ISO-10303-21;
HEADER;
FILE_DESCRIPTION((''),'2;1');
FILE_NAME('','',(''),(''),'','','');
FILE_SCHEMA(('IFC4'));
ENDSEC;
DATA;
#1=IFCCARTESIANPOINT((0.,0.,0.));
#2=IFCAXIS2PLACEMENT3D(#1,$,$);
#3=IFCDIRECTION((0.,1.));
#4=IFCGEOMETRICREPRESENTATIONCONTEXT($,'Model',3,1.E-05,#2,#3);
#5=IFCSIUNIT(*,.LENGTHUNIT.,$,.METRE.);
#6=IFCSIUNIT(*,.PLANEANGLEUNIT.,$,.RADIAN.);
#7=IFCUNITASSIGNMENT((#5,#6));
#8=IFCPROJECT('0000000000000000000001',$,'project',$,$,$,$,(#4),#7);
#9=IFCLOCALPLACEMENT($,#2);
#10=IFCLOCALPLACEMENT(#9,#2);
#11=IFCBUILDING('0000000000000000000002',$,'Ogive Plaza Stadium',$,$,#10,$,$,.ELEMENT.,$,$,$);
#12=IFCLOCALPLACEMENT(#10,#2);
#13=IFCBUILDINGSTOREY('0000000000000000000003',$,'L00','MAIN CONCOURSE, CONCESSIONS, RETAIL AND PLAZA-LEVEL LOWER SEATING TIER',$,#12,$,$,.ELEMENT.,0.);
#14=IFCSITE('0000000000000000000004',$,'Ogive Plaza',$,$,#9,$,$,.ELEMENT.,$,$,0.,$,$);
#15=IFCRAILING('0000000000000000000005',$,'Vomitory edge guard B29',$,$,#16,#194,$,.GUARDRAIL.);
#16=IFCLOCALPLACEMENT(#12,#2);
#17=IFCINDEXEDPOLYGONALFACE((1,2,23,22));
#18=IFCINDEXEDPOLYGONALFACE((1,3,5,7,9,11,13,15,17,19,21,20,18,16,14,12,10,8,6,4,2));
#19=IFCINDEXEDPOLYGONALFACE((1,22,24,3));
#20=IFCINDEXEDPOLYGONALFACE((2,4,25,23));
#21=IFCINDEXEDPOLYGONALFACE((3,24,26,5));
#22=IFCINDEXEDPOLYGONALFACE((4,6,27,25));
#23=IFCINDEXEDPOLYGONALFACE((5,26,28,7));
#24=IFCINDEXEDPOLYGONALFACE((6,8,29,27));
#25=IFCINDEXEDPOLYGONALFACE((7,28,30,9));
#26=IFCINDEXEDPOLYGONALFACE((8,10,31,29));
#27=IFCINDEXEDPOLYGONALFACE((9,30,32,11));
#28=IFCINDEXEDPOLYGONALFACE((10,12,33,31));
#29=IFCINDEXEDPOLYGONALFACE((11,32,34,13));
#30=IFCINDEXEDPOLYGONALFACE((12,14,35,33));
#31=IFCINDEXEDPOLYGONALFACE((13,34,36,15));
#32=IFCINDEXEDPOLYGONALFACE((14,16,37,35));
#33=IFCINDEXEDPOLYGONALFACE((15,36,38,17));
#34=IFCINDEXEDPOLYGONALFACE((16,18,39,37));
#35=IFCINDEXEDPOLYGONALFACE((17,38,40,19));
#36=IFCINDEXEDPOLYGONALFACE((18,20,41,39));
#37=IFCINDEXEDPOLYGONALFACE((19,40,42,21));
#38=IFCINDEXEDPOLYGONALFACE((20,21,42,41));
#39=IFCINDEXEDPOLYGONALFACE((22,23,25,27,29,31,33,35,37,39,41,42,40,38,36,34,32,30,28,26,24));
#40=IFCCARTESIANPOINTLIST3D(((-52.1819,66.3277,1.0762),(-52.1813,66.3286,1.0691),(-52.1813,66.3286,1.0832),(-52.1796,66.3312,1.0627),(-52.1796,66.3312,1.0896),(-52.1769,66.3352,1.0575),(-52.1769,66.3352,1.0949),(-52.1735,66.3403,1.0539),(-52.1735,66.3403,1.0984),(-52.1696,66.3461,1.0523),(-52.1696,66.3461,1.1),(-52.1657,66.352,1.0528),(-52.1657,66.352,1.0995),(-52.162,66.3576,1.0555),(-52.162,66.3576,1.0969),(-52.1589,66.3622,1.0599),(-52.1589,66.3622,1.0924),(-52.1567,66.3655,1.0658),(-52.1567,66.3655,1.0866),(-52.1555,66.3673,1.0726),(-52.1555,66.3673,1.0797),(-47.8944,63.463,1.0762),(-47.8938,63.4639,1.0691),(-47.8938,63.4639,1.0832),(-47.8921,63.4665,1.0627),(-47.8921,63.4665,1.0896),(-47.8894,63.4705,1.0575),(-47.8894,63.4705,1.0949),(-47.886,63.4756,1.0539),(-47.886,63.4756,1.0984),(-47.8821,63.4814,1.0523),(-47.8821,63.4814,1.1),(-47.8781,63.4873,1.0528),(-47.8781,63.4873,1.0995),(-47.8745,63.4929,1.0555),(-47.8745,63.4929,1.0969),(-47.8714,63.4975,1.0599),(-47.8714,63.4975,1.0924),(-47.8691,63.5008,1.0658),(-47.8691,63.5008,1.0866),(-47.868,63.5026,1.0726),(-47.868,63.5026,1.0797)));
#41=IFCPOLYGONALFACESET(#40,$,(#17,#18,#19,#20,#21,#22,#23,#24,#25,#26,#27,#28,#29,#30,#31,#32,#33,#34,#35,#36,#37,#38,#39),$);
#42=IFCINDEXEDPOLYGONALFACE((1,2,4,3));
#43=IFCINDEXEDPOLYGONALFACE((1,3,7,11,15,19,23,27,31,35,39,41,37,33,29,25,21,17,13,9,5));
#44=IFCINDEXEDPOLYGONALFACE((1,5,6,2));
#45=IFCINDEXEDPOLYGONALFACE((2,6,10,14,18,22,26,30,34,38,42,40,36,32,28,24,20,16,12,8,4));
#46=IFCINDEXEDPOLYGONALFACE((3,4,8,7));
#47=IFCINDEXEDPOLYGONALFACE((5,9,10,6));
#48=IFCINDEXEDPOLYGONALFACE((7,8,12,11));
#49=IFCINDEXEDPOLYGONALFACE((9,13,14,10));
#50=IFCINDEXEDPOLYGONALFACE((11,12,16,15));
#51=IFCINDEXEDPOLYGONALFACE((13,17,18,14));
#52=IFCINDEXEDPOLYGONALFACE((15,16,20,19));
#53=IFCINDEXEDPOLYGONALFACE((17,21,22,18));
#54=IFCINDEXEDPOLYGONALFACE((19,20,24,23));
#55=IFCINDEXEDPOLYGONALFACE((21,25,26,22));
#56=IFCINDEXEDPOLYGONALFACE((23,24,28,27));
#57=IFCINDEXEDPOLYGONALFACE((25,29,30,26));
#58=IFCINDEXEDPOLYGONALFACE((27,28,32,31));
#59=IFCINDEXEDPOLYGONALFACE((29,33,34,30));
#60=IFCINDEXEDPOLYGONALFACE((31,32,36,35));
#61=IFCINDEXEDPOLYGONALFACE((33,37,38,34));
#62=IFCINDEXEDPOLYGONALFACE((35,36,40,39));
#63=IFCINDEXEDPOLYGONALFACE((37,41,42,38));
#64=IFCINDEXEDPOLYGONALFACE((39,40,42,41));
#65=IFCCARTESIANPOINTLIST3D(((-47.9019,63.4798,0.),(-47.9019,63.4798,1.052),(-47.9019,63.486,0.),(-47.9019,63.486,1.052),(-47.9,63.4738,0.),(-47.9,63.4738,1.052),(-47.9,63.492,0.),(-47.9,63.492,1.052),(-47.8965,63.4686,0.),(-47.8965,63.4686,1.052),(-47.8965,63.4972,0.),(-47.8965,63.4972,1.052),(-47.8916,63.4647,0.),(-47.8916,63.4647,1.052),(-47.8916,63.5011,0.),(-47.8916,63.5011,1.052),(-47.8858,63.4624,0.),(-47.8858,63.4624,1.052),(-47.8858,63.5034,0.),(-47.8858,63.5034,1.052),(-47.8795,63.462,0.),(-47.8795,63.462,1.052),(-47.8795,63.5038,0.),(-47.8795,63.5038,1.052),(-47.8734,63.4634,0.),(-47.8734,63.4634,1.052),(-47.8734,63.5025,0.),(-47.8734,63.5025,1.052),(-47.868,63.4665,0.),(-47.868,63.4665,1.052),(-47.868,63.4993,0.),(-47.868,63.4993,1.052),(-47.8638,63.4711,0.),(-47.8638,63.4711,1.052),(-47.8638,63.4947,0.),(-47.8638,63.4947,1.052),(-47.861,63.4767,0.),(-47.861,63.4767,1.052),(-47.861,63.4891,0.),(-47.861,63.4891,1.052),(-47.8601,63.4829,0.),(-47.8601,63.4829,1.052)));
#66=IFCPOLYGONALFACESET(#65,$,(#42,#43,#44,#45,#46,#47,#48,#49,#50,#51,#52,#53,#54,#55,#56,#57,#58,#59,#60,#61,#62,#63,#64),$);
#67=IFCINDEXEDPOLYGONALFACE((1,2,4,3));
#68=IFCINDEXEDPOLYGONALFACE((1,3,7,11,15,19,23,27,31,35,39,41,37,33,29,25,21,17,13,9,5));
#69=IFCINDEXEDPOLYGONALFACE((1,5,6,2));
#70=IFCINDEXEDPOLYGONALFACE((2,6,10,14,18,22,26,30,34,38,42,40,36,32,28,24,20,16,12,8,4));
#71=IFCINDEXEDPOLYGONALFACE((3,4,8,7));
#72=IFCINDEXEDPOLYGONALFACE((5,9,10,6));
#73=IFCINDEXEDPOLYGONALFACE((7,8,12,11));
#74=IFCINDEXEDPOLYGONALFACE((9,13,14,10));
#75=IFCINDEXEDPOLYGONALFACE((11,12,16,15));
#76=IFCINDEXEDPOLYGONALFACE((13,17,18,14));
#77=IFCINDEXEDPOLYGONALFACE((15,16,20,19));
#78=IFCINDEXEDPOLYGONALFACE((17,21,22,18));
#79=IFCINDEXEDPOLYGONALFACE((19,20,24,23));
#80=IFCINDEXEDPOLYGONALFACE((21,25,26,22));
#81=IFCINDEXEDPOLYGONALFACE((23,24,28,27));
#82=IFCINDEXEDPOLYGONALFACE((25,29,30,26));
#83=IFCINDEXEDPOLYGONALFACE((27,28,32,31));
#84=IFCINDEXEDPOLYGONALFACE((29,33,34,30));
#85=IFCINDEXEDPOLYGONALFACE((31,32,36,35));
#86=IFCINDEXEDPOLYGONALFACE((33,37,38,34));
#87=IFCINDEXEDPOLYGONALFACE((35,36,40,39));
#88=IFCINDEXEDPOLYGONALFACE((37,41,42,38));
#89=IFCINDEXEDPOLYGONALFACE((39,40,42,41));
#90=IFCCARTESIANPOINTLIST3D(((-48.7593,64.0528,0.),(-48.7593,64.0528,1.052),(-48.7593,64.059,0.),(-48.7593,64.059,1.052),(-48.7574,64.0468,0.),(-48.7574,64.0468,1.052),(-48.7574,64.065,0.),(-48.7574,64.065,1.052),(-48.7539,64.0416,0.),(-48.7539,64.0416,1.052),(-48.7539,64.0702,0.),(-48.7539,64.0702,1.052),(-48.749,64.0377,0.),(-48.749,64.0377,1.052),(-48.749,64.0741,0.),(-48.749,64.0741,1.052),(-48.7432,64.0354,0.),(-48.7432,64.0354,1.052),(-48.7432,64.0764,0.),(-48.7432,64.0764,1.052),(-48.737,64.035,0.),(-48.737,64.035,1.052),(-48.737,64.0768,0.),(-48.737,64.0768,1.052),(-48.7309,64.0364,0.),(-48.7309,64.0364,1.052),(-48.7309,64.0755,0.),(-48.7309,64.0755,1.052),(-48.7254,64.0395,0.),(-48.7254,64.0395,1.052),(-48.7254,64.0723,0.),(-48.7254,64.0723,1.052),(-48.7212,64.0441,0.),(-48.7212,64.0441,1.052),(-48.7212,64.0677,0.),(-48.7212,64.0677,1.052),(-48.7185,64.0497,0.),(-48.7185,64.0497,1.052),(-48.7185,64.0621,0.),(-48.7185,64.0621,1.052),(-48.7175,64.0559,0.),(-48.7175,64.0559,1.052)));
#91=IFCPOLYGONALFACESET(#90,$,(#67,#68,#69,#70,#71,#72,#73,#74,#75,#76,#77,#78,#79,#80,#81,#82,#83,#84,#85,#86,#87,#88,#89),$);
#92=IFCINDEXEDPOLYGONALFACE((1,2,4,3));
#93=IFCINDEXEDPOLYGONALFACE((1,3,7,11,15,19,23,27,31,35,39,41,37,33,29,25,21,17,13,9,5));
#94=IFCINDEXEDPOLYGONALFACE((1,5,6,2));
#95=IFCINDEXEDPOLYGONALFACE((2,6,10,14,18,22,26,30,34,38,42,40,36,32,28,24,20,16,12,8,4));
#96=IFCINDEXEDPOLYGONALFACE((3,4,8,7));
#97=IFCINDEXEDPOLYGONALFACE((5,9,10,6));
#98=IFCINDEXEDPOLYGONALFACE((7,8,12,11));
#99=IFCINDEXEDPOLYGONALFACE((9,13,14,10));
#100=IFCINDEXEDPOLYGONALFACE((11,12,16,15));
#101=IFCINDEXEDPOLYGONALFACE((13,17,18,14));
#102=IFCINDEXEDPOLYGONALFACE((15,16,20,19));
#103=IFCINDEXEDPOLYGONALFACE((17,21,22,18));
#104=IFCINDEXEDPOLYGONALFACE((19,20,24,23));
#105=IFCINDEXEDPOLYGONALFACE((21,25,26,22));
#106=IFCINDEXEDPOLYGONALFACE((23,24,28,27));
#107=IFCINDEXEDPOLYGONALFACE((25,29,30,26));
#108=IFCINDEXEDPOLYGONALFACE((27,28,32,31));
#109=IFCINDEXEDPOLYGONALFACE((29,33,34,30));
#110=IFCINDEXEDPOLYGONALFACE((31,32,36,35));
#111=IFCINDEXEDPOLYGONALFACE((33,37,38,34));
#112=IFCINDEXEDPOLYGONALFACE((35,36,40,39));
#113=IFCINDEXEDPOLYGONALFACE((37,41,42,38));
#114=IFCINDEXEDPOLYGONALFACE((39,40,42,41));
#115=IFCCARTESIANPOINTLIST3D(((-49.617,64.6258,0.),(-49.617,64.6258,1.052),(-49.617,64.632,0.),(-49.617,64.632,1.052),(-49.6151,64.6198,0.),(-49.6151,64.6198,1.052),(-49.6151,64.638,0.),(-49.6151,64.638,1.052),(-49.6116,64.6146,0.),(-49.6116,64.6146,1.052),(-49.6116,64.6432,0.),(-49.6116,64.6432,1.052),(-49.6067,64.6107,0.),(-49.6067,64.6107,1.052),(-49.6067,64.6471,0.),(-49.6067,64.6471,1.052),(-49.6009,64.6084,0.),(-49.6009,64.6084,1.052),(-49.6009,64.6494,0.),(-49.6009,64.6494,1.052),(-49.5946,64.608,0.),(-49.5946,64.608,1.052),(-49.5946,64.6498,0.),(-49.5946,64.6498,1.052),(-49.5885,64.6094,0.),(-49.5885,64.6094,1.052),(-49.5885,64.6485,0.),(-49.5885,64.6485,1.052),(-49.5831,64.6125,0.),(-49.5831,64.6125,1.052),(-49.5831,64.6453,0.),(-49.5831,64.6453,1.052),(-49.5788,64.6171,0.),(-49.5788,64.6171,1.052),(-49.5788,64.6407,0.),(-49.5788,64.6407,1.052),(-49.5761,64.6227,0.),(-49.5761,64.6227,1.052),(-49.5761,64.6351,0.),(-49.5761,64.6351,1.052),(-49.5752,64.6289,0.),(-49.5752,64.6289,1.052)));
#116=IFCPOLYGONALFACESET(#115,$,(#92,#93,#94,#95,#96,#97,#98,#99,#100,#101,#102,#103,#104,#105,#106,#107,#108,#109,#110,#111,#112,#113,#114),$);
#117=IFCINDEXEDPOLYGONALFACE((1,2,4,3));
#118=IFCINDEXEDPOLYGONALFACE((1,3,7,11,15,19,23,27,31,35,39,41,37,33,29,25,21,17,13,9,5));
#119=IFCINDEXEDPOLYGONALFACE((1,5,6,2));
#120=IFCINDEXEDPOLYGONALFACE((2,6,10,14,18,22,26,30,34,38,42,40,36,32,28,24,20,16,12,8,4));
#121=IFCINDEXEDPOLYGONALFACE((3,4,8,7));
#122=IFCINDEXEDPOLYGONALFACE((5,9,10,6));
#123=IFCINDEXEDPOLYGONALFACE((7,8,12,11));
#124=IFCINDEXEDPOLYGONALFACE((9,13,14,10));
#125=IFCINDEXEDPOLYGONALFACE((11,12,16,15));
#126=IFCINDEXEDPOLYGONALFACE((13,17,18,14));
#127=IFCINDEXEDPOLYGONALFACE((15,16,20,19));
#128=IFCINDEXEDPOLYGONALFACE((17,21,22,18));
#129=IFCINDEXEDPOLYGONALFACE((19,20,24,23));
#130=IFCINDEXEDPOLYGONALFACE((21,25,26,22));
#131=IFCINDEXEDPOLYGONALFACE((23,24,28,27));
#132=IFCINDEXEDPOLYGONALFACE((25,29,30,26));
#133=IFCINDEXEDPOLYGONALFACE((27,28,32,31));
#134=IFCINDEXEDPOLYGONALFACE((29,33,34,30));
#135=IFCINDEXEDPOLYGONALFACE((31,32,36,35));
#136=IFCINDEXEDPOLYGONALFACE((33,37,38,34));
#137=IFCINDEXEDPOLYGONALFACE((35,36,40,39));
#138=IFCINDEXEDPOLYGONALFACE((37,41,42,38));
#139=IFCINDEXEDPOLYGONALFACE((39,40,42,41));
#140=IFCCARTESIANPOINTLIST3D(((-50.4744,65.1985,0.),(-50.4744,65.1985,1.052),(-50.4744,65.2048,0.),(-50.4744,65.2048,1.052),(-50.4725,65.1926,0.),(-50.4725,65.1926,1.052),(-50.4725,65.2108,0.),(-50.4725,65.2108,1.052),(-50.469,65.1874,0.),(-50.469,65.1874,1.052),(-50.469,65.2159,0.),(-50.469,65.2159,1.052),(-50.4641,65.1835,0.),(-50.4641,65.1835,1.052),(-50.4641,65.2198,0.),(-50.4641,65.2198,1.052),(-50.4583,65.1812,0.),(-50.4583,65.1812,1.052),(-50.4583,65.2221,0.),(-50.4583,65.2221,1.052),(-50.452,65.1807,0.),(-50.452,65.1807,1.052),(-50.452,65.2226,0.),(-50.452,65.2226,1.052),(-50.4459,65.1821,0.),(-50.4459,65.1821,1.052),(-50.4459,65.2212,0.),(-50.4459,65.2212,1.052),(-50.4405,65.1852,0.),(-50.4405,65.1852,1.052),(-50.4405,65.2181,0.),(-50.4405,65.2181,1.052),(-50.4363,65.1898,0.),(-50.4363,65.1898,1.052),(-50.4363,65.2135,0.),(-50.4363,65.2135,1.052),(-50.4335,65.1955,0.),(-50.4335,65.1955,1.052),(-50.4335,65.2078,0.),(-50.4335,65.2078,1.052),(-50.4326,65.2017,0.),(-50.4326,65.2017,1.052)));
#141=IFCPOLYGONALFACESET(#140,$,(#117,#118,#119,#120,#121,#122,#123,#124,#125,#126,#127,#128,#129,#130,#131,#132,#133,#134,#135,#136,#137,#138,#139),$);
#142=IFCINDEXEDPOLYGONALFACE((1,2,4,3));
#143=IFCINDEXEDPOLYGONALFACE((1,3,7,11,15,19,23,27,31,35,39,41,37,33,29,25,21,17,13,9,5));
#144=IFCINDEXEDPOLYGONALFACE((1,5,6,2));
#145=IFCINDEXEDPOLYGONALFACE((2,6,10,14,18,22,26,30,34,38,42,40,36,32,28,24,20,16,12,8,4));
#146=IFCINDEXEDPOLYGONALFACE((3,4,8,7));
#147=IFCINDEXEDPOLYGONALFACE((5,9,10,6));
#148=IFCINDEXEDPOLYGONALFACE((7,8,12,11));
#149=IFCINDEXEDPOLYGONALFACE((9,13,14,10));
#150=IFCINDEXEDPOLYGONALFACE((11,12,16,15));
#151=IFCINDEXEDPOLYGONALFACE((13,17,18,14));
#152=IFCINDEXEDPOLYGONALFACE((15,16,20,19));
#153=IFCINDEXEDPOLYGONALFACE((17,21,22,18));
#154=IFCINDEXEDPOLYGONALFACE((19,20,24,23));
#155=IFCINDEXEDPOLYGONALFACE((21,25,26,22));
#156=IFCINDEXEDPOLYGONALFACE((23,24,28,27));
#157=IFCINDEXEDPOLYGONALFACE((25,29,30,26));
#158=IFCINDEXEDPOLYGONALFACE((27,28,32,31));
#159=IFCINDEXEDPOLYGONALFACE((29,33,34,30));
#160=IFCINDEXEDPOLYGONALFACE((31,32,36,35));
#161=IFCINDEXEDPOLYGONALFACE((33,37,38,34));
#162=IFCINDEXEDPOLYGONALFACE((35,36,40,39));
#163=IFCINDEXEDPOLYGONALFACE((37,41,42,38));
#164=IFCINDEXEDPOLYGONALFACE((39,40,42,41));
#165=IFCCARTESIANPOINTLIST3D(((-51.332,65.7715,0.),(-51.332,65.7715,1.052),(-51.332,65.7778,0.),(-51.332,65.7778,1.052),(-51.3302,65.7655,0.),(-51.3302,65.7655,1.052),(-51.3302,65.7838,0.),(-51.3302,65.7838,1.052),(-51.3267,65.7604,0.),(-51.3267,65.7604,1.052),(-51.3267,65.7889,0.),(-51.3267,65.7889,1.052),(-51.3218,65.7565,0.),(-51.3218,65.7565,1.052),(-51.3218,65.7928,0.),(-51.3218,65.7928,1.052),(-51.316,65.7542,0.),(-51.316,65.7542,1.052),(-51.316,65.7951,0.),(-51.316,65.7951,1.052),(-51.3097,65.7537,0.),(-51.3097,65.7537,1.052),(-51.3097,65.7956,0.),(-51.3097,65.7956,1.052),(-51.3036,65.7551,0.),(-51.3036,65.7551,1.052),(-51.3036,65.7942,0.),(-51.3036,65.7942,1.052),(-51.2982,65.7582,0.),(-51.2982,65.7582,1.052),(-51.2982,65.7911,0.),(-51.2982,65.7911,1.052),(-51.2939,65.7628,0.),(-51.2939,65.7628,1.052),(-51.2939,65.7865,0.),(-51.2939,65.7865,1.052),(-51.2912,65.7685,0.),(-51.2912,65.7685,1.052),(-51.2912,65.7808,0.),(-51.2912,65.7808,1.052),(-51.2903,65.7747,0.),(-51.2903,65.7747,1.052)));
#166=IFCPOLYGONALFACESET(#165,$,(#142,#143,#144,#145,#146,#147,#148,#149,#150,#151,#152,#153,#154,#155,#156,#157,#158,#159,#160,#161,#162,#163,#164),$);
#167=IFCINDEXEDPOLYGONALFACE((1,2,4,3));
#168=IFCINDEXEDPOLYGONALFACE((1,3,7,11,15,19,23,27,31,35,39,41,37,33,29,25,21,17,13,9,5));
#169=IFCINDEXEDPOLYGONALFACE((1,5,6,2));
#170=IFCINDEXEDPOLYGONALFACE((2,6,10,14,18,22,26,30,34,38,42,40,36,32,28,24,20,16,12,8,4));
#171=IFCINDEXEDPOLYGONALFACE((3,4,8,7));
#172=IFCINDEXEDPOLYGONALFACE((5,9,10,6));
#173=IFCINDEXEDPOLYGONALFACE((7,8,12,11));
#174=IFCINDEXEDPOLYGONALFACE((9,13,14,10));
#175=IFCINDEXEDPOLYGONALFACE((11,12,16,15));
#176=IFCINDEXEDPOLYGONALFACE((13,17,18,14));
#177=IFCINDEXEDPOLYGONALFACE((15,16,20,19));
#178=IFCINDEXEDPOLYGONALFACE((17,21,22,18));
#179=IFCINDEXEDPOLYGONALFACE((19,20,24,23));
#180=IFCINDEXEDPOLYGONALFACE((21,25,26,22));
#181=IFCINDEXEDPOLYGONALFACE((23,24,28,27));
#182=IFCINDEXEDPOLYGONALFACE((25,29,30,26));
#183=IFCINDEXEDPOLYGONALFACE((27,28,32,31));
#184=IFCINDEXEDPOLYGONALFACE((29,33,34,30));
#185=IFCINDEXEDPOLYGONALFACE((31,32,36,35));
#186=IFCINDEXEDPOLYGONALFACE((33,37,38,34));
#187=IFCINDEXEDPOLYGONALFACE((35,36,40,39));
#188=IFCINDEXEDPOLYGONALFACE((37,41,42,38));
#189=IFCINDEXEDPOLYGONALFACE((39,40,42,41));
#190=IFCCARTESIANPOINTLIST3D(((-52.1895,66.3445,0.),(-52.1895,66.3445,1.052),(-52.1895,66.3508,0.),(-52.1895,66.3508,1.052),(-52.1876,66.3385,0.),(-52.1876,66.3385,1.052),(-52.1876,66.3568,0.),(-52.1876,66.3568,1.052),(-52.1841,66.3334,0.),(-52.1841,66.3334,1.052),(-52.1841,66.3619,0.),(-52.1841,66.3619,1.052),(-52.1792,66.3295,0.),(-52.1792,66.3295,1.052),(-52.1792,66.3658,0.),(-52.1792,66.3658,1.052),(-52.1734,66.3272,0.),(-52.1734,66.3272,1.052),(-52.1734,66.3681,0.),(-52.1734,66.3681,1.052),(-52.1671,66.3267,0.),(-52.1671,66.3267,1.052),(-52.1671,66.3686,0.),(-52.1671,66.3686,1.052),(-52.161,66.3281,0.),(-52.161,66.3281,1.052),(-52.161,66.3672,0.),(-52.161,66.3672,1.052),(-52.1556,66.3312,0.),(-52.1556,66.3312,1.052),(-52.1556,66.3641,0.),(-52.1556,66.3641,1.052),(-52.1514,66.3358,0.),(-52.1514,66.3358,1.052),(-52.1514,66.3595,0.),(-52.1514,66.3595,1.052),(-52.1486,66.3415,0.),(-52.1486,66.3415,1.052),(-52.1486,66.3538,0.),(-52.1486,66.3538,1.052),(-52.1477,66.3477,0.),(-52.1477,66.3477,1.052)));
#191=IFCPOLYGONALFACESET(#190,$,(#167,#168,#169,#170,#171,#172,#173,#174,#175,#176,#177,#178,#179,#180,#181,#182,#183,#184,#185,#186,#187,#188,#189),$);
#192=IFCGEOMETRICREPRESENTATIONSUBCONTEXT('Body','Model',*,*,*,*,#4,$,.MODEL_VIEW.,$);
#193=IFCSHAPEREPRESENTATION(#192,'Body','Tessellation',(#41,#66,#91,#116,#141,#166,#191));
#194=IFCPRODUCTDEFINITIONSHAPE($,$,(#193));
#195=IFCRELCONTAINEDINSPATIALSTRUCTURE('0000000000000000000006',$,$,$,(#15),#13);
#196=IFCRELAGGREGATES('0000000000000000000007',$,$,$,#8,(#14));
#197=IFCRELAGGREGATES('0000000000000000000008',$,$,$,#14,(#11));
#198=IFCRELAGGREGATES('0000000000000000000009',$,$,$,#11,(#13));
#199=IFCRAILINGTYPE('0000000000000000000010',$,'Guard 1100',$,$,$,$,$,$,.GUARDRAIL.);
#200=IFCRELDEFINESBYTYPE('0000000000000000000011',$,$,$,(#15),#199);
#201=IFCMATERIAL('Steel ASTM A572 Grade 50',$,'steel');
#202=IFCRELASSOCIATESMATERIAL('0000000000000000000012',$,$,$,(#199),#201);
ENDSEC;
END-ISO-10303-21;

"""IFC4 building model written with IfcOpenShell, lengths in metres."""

from ifc_helpers import new_model, si_unit, direction, frame, origin, origin_2d, place, context, subcontext, project, spatial, circle, extrude, material, type_object, element, save


model = new_model("IFC4")

# Units and contexts
model_context = context("Model", 3, precision=1e-05, world=origin(), true_north=direction((0.0, 1.0)))
body_context = subcontext(model_context, "Body", "Model", "MODEL_VIEW")
ifc_project = project(units=[si_unit("LENGTHUNIT", "METRE"), si_unit("PLANEANGLEUNIT", "RADIAN")], contexts=[model_context])

# Site, building, storey
site_placement = place(None, origin())
site = spatial("IfcSite", under=ifc_project, at=site_placement, Name="Ogive Plaza", CompositionType="ELEMENT", RefElevation=0.0)
building_placement = place(site_placement, origin())
building = spatial("IfcBuilding", under=site, at=building_placement, Name="Ogive Plaza Stadium", CompositionType="ELEMENT")
storey_placement = place(building_placement, origin())
storey = spatial("IfcBuildingStorey", under=building, at=storey_placement, Name="L00", Description="MAIN CONCOURSE, CONCESSIONS, RETAIL AND PLAZA-LEVEL LOWER SEATING TIER", CompositionType="ELEMENT", Elevation=0.0)

# Railing
ifc_material_1 = material(Name="Steel ASTM A572 Grade 50", Category="steel")
railing_type = type_object("IfcRailingType", Name="Guard 1100", PredefinedType="GUARDRAIL", material=ifc_material_1)
railing_1_placement = place(storey_placement, frame((-47.8811, 63.4829, 0.0)))
element("IfcRailing", 1, at=railing_1_placement, inside=storey, type_object=railing_type, Name="Vomitory edge guard B29", PredefinedType="GUARDRAIL", context=body_context, shape_type="SweptSolid", body=[
    extrude(circle(Radius=0.0239, at=origin_2d()), frame((0.0, 0.0, 1.0762), z_axis=(-0.831482, 0.555552, 0.0), x_axis=(-0.555552, -0.831482, 0.0)), (0.0, 0.0, 1.0), 5.1565),
    extrude(circle(Radius=0.021, at=origin_2d()), origin(), (0.0, 0.0, 1.0), 1.052),
    extrude(circle(Radius=0.021, at=origin_2d()), frame((-0.8574, 0.573, 0.0)), (0.0, 0.0, 1.0), 1.052),
    extrude(circle(Radius=0.021, at=origin_2d()), frame((-1.7151, 1.146, 0.0)), (0.0, 0.0, 1.0), 1.052),
    extrude(circle(Radius=0.021, at=origin_2d()), frame((-2.5725, 1.7188, 0.0)), (0.0, 0.0, 1.0), 1.052),
    extrude(circle(Radius=0.021, at=origin_2d()), frame((-3.4302, 2.2917, 0.0)), (0.0, 0.0, 1.0), 1.052),
    extrude(circle(Radius=0.021, at=origin_2d()), frame((-4.2876, 2.8647, 0.0)), (0.0, 0.0, 1.0), 1.052),
])

save(model, "model.ifc")
